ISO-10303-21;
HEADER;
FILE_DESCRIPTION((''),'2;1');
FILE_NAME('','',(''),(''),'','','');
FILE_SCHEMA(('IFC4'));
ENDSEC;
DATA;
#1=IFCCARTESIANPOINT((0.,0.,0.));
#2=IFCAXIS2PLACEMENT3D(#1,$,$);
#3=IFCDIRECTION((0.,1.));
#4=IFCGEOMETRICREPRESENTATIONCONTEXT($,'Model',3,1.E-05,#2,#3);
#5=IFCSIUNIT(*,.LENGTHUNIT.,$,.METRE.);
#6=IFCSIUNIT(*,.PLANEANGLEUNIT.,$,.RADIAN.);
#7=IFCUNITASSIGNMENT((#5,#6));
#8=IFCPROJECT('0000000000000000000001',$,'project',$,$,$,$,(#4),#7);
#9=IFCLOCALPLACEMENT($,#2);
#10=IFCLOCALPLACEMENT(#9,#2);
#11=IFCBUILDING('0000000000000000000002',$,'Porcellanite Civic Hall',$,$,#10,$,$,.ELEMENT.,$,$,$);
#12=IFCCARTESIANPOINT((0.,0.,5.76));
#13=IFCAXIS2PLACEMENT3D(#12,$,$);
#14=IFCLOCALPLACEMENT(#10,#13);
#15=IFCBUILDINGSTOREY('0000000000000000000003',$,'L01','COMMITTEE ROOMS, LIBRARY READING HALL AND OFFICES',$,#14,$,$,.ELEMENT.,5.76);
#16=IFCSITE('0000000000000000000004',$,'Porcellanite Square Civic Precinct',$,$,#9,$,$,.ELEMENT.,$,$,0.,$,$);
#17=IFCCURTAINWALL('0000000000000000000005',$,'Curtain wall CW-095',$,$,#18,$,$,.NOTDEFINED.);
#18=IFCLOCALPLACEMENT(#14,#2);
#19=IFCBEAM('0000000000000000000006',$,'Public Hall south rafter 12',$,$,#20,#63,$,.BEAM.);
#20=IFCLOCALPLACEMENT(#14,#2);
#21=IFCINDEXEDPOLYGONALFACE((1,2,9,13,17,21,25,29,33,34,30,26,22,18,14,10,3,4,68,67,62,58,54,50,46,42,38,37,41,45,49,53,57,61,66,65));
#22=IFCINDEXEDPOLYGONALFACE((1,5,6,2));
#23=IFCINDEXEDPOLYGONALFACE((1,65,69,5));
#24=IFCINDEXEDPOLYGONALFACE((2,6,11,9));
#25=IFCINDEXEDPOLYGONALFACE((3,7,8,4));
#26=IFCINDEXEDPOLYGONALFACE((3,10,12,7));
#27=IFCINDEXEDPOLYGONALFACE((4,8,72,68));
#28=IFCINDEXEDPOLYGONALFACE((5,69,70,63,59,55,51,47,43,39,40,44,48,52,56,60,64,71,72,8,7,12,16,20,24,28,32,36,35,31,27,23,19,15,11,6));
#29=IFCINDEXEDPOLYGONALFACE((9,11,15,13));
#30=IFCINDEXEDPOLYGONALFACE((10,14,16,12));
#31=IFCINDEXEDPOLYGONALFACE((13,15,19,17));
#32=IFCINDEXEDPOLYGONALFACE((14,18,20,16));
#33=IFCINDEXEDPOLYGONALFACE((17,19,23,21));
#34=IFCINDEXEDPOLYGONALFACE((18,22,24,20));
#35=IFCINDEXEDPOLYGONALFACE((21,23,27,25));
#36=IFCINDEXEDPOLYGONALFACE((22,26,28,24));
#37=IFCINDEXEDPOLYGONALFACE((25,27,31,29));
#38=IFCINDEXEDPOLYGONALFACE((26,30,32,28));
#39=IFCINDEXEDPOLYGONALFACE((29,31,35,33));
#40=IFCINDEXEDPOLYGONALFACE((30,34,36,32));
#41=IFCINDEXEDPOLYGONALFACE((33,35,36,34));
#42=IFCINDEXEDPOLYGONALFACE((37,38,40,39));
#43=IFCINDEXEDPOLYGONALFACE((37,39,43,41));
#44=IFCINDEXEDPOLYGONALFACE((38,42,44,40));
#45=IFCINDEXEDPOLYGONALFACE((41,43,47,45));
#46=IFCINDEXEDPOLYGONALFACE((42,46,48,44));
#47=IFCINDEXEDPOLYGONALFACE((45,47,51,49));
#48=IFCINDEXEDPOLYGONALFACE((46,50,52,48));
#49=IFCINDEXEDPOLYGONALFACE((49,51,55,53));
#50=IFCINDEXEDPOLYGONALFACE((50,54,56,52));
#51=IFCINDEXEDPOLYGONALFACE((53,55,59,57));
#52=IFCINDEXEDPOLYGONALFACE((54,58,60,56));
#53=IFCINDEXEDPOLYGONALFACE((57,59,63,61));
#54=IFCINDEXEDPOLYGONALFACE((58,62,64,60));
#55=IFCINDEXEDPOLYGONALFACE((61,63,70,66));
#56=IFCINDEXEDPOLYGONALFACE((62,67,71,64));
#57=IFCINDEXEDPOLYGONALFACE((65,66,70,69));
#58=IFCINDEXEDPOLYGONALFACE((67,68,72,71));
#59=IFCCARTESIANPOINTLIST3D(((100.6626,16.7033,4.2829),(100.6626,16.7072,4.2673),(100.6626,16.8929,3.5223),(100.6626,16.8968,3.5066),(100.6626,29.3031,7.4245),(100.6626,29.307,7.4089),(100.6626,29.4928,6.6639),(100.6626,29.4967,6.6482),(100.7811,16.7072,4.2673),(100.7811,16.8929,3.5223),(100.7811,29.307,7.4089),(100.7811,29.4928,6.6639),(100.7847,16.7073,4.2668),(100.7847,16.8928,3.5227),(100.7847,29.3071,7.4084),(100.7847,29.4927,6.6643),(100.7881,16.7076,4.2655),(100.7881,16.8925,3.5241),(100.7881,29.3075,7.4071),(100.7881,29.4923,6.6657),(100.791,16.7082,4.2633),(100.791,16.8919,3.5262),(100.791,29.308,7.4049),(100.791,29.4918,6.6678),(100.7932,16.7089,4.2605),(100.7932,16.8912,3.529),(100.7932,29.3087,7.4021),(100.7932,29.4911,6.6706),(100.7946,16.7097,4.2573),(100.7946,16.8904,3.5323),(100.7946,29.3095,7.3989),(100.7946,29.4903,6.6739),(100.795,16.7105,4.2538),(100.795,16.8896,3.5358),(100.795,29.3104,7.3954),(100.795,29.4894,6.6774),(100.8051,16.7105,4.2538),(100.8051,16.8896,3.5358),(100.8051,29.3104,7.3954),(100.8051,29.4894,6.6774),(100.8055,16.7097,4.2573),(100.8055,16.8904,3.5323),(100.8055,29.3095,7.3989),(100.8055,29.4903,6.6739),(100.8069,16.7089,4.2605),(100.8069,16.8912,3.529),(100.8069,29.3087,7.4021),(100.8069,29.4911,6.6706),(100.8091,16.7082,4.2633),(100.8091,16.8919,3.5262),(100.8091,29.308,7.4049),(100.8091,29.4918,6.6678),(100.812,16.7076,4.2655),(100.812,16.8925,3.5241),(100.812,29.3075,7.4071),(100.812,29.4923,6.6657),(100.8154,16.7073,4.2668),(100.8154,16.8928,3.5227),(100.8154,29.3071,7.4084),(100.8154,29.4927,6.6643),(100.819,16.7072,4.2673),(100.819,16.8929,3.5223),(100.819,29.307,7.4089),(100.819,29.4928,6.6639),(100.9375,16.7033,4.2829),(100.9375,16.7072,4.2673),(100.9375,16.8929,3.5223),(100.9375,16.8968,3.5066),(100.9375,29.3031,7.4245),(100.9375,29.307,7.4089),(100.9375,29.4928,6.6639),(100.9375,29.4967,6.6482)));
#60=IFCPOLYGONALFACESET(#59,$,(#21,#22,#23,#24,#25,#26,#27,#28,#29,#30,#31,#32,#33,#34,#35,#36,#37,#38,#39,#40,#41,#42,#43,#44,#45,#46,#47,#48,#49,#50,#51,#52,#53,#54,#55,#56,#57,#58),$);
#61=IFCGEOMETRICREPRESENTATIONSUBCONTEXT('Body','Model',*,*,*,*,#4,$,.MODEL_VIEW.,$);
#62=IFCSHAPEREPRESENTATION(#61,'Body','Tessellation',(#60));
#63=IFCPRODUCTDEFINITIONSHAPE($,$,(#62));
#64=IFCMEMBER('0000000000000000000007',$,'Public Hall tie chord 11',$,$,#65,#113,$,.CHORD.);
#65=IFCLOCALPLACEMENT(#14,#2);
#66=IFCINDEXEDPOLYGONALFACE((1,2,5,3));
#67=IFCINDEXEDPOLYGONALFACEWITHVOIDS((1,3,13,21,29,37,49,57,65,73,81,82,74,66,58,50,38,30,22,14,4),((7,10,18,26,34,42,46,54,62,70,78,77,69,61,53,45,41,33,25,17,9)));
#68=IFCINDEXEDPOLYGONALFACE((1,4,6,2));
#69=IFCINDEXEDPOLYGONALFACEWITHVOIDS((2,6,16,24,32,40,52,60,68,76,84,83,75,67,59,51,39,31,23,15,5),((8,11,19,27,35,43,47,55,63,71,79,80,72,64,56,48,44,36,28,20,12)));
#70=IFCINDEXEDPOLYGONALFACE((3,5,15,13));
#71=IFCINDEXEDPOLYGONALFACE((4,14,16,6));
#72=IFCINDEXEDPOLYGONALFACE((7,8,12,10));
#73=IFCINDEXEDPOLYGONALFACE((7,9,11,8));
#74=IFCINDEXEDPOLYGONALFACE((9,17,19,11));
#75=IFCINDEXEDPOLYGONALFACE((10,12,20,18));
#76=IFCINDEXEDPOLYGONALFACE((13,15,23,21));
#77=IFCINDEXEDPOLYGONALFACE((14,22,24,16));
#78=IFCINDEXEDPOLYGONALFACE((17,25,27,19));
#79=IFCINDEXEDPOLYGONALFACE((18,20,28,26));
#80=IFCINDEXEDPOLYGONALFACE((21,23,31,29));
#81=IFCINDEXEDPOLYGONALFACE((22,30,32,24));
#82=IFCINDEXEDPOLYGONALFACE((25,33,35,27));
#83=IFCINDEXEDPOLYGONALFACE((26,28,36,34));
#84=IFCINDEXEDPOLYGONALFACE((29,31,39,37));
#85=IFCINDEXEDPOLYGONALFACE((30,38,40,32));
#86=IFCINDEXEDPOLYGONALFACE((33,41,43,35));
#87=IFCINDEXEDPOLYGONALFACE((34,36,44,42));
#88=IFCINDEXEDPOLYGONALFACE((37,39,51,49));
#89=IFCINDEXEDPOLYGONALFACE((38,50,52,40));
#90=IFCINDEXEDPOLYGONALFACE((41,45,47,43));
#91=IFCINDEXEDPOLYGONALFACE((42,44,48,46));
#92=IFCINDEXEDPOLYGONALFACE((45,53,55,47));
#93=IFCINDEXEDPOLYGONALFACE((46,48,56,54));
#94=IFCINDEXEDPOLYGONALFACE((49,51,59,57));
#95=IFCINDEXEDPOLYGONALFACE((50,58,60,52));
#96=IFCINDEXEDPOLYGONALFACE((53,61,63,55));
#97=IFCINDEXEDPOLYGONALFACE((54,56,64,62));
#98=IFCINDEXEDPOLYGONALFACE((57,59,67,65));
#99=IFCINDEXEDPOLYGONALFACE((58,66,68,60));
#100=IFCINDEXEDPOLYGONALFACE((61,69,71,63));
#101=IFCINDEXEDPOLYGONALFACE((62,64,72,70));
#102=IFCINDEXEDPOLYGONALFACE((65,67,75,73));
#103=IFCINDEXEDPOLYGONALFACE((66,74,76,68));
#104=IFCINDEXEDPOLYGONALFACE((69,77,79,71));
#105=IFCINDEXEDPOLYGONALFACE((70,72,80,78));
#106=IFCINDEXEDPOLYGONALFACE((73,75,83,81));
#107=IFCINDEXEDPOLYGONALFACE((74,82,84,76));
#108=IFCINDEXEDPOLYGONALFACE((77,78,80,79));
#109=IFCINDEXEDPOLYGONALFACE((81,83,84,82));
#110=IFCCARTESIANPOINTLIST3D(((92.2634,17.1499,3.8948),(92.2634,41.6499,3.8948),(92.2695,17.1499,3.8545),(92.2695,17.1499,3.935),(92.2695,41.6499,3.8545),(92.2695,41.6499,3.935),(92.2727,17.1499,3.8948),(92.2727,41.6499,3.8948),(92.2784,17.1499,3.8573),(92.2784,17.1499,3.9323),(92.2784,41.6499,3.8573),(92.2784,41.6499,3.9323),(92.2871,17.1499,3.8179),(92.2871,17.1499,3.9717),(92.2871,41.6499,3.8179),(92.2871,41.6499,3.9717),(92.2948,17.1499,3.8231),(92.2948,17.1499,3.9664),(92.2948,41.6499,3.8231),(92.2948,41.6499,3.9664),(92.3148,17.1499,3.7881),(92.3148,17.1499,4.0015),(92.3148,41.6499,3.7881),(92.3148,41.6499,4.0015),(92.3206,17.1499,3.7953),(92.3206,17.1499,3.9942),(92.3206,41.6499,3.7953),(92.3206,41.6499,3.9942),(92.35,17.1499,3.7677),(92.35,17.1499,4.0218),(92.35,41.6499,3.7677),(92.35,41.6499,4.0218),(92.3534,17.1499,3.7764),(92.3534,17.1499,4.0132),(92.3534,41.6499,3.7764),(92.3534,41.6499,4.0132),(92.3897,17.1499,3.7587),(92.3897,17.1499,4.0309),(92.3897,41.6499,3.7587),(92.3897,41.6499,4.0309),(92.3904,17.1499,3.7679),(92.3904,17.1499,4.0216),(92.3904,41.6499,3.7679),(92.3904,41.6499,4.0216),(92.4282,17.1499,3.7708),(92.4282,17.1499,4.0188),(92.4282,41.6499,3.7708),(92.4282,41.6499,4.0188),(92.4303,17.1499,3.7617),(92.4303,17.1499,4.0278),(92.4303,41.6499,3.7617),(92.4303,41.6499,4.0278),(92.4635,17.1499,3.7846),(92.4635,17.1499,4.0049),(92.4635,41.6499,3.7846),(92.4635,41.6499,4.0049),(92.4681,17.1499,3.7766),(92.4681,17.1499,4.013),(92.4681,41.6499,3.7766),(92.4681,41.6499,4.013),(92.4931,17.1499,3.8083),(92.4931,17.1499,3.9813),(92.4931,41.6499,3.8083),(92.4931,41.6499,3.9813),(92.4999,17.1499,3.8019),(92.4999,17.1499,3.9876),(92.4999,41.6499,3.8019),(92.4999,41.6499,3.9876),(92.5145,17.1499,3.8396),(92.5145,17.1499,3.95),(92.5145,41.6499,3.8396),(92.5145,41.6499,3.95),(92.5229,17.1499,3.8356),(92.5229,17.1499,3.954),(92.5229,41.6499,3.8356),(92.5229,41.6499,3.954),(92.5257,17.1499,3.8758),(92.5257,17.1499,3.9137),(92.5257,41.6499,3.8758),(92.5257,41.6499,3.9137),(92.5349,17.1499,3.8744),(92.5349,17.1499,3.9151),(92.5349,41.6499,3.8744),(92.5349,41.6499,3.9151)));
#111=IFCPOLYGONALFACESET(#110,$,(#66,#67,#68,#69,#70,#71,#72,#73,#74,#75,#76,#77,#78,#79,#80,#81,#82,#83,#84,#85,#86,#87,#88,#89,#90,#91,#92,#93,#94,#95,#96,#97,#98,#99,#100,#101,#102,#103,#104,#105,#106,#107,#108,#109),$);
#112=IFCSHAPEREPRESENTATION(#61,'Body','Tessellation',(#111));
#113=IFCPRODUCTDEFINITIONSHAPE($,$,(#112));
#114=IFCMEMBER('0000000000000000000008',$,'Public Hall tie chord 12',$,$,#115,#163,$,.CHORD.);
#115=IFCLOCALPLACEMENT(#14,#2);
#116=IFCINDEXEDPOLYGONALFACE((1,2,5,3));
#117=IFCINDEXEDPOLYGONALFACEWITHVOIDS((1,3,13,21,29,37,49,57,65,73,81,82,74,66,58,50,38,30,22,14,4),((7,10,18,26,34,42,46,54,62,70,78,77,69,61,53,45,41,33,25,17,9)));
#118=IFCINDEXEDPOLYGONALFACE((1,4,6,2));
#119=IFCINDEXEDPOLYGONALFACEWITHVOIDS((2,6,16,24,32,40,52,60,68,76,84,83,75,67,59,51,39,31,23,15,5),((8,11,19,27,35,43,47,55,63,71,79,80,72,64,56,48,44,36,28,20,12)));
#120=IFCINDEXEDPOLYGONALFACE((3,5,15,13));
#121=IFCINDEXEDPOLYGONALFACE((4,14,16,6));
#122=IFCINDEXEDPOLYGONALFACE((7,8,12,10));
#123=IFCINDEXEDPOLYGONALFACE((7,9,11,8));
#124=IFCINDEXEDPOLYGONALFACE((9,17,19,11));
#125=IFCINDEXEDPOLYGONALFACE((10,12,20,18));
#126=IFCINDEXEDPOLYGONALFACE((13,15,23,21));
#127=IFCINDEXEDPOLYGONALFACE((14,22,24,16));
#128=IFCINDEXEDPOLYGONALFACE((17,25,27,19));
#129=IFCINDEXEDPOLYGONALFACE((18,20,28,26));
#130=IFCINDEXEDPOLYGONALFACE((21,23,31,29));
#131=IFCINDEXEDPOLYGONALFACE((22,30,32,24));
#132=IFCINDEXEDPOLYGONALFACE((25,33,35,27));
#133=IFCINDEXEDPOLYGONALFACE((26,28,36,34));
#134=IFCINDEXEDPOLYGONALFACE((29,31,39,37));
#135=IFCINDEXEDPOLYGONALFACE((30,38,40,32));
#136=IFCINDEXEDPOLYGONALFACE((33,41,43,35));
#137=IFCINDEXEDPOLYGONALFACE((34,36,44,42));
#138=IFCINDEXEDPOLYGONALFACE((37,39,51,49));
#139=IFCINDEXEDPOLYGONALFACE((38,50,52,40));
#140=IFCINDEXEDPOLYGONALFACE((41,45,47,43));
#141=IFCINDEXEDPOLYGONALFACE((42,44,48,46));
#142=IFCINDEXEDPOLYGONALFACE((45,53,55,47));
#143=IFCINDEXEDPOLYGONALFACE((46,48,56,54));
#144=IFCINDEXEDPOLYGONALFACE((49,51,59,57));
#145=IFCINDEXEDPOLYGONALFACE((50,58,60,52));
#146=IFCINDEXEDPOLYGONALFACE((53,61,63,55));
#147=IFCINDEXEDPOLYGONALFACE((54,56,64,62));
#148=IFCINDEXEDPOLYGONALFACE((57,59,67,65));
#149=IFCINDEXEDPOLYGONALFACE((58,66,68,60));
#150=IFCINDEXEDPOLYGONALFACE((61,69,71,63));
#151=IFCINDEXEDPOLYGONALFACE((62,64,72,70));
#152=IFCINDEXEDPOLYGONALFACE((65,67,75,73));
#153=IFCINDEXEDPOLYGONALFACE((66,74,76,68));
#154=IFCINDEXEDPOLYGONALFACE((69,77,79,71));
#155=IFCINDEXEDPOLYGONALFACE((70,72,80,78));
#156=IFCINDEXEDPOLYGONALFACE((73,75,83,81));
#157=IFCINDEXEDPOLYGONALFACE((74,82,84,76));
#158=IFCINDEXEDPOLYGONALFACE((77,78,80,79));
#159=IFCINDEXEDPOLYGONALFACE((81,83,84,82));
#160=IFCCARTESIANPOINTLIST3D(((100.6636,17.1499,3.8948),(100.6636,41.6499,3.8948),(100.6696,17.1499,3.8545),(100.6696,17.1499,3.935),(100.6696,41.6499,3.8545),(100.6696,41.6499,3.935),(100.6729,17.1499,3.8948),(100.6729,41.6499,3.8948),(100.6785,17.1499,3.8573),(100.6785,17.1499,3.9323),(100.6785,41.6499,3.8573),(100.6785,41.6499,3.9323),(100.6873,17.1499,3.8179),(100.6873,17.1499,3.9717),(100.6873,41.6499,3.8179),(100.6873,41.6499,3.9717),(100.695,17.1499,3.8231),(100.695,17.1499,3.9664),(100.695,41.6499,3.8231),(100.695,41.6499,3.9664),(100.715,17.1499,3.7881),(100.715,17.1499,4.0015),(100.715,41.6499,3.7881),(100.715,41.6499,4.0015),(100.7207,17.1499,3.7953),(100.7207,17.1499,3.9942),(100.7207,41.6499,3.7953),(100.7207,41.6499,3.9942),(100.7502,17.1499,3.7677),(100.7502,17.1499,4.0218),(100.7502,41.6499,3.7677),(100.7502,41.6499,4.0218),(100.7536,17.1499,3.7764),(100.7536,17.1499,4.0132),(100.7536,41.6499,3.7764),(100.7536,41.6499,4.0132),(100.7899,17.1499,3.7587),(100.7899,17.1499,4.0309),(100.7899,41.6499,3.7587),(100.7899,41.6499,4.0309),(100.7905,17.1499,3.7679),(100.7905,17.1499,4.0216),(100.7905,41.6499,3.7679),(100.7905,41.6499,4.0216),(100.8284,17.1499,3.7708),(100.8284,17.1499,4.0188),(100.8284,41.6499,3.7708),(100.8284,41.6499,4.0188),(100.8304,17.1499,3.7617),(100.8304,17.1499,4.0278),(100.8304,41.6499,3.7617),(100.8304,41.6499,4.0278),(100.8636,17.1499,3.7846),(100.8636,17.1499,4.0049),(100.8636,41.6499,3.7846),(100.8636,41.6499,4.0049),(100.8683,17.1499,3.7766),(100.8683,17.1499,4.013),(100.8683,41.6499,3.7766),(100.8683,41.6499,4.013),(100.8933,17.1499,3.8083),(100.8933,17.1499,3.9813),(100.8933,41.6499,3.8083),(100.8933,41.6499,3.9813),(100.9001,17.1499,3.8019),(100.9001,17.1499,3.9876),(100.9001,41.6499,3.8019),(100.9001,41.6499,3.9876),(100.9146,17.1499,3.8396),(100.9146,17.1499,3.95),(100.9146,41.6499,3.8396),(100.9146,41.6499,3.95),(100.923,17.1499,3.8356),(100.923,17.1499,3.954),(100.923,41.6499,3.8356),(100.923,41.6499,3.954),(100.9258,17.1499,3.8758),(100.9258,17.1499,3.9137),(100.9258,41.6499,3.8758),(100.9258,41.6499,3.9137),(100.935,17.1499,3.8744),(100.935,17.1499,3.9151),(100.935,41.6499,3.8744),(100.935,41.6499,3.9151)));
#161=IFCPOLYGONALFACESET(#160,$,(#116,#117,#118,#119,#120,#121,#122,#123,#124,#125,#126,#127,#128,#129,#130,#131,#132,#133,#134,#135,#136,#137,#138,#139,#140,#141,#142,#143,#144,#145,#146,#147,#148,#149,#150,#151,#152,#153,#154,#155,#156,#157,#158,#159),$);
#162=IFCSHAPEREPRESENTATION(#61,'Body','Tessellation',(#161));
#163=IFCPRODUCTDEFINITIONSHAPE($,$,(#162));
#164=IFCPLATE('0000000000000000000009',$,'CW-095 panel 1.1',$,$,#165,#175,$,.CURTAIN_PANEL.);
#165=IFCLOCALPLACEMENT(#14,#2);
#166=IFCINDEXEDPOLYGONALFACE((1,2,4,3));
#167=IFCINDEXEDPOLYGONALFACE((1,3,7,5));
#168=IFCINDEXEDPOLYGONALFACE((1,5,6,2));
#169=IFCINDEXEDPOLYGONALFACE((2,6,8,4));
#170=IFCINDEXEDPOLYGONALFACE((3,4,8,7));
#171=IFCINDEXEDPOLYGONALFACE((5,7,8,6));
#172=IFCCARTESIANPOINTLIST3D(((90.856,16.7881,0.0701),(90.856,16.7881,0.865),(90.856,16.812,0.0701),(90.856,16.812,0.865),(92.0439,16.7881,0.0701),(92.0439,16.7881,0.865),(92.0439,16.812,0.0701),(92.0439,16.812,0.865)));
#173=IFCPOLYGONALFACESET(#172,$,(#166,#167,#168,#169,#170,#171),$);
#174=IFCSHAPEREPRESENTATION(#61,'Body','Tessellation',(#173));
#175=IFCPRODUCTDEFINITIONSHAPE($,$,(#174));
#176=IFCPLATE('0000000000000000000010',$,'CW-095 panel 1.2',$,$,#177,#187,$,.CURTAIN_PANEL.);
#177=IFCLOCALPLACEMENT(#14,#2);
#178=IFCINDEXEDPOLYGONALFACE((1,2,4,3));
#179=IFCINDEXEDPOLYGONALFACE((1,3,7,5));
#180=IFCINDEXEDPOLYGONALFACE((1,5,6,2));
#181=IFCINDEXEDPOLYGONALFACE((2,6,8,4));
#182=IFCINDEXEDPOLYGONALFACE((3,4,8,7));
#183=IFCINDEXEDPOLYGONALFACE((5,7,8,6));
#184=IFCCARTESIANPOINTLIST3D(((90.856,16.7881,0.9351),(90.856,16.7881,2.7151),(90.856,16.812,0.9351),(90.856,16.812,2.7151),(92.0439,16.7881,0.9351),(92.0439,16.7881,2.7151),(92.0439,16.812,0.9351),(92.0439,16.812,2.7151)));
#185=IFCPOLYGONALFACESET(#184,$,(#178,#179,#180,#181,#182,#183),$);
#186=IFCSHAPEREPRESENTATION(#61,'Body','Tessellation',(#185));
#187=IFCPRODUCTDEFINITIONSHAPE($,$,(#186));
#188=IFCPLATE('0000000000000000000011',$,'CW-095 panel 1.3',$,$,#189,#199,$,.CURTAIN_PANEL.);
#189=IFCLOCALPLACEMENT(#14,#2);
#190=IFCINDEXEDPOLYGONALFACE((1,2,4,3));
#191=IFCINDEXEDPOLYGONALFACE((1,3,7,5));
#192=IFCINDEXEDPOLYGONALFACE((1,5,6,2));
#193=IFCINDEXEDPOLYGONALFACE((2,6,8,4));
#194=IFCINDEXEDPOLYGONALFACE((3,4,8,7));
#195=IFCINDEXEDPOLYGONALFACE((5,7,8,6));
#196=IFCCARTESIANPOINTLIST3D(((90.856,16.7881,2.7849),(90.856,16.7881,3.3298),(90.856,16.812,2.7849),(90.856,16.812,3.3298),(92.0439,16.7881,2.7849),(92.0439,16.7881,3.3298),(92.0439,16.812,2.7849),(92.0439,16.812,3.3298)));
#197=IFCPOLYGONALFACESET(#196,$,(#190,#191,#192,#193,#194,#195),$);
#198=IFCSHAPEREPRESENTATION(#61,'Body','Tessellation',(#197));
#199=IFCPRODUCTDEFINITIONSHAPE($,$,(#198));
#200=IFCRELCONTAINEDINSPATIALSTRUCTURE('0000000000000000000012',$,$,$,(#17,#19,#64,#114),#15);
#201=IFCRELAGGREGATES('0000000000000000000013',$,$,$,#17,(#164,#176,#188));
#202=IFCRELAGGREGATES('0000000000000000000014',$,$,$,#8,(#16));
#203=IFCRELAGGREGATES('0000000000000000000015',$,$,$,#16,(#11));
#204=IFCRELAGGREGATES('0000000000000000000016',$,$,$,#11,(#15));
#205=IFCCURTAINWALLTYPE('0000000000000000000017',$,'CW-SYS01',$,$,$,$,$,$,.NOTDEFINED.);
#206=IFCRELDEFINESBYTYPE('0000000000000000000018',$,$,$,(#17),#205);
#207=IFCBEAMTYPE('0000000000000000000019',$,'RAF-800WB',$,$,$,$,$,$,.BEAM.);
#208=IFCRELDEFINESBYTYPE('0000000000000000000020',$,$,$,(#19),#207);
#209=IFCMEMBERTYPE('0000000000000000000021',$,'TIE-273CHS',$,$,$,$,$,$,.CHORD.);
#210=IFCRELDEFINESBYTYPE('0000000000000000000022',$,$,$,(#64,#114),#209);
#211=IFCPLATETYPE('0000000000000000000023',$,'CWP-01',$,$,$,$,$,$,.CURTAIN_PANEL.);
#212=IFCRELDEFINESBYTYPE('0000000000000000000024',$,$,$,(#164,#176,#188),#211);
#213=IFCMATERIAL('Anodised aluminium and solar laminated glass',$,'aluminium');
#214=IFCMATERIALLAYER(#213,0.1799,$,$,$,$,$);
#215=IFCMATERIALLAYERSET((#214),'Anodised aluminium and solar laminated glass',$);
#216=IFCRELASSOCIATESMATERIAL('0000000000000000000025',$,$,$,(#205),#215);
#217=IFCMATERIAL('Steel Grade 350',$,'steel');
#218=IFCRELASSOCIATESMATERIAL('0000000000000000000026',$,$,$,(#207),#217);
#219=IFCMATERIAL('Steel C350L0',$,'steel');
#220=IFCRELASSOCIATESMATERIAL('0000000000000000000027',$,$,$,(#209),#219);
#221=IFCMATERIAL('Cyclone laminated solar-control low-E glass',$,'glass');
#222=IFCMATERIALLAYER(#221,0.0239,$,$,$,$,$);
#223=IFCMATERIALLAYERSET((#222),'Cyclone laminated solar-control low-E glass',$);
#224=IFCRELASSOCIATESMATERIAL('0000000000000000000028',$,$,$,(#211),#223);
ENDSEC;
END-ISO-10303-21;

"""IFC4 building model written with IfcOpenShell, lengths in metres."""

from ifc_helpers import new_model, si_unit, direction, frame, origin, origin_2d, place, context, subcontext, project, spatial, rectangle, hollow_circle, i_section, extrude, material, layer, layer_set, material_profile, profile_set, type_object, element, aggregate, save


model = new_model("IFC4")

# Units and contexts
model_context = context("Model", 3, precision=1e-05, world=origin(), true_north=direction((0.0, 1.0)))
body_context = subcontext(model_context, "Body", "Model", "MODEL_VIEW")
ifc_project = project(units=[si_unit("LENGTHUNIT", "METRE"), si_unit("PLANEANGLEUNIT", "RADIAN")], contexts=[model_context])

# Site, building, storey
site_placement = place(None, origin())
site = spatial("IfcSite", under=ifc_project, at=site_placement, Name="Porcellanite Square Civic Precinct", CompositionType="ELEMENT", RefElevation=0.0)
building_placement = place(site_placement, origin())
building = spatial("IfcBuilding", under=site, at=building_placement, Name="Porcellanite Civic Hall", CompositionType="ELEMENT")
storey_placement = place(building_placement, frame((0.0, 0.0, 5.76)))
storey = spatial("IfcBuildingStorey", under=building, at=storey_placement, Name="L01", Description="COMMITTEE ROOMS, LIBRARY READING HALL AND OFFICES", CompositionType="ELEMENT", Elevation=5.76)

# Curtain wall
ifc_material_1 = material(Name="Anodised aluminium and solar laminated glass", Category="aluminium")
ifc_layer_1 = layer(ifc_material_1, 0.1799)
ifc_layer_set_1 = layer_set([ifc_layer_1], Name="Anodised aluminium and solar laminated glass")
curtain_wall_type = type_object("IfcCurtainWallType", Name="CW-SYS01", PredefinedType="NOTDEFINED", material=ifc_layer_set_1)
curtain_wall_1_placement = place(storey_placement, origin())
curtain_wall_1 = element("IfcCurtainWall", 1, at=curtain_wall_1_placement, inside=storey, type_object=curtain_wall_type, Name="Curtain wall CW-095", PredefinedType="NOTDEFINED")

# Beam
ifc_material_2 = material(Name="Steel Grade 350", Category="steel")
ifc_material_profile_1 = material_profile(ifc_material_2, i_section(OverallWidth=0.2749, OverallDepth=0.8, WebThickness=0.01, FlangeThickness=0.0161, FilletRadius=0.0139, at=origin_2d()), Name="800WB146")
ifc_profile_set_1 = profile_set([ifc_material_profile_1], Name="Steel Grade 350")
beam_type_1 = type_object("IfcBeamType", Name="RAF-800WB", PredefinedType="BEAM", material=ifc_profile_set_1)
for number, where, z_axis, x_axis, name in (
    (2, (100.8, 16.8, 3.8948), (0.0, 0.970294, 0.24193), (-1.0, 0.0, 0.0), "Public Hall south rafter 12"),
):
    element("IfcBeam", number, at=place(storey_placement, frame(where, z_axis=z_axis, x_axis=x_axis)), inside=storey, type_object=beam_type_1, Name=name, PredefinedType="BEAM", context=body_context, shape_type="SweptSolid", body=[
        extrude(i_section(OverallWidth=0.2749, OverallDepth=0.8, WebThickness=0.01, FlangeThickness=0.0161, FilletRadius=0.0139, at=origin_2d()), origin(), (0.0, 0.0, 1.0), 12.9856),
    ])

# Members
ifc_material_3 = material(Name="Steel C350L0", Category="steel")
ifc_material_profile_2 = material_profile(ifc_material_3, hollow_circle(Radius=0.1365, WallThickness=0.0093, at=origin_2d()), Name="273.1x9.3CHS")
ifc_profile_set_2 = profile_set([ifc_material_profile_2], Name="Steel C350L0")
member_type_1 = type_object("IfcMemberType", Name="TIE-273CHS", PredefinedType="CHORD", material=ifc_profile_set_2)
for number, where, z_axis, x_axis, name in (
    (3, (92.3999, 17.1499, 3.8948), (0.0, 1.0, 0.0), (-1.0, 0.0, 0.0), "Public Hall tie chord 11"),
    (4, (100.8, 17.1499, 3.8948), (0.0, 1.0, 0.0), (-1.0, 0.0, 0.0), "Public Hall tie chord 12"),
):
    element("IfcMember", number, at=place(storey_placement, frame(where, z_axis=z_axis, x_axis=x_axis)), inside=storey, type_object=member_type_1, Name=name, PredefinedType="CHORD", context=body_context, shape_type="SweptSolid", body=[
        extrude(hollow_circle(Radius=0.1365, WallThickness=0.0093, at=origin_2d()), origin(), (0.0, 0.0, 1.0), 24.5),
    ])

# Plates
ifc_material_4 = material(Name="Cyclone laminated solar-control low-E glass", Category="glass")
ifc_layer_2 = layer(ifc_material_4, 0.0239)
ifc_layer_set_2 = layer_set([ifc_layer_2], Name="Cyclone laminated solar-control low-E glass")
plate_type = type_object("IfcPlateType", Name="CWP-01", PredefinedType="CURTAIN_PANEL", material=ifc_layer_set_2)
plate_1_placement = place(storey_placement, frame((91.45, 16.8, 0.0701), z_axis=(0.0, 0.0, 1.0), x_axis=(-1.0, 0.0, 0.0)))
plate_1 = element("IfcPlate", 5, at=plate_1_placement, type_object=plate_type, Name="CW-095 panel 1.1", PredefinedType="CURTAIN_PANEL", context=body_context, shape_type="SweptSolid", body=[
    extrude(rectangle(XDim=1.188, YDim=0.0239, at=origin_2d()), origin(), (0.0, 0.0, 1.0), 0.7949),
])
plate_2_placement = place(storey_placement, frame((91.45, 16.8, 0.9351), z_axis=(0.0, 0.0, 1.0), x_axis=(-1.0, 0.0, 0.0)))
plate_2 = element("IfcPlate", 6, at=plate_2_placement, type_object=plate_type, Name="CW-095 panel 1.2", PredefinedType="CURTAIN_PANEL", context=body_context, shape_type="SweptSolid", body=[
    extrude(rectangle(XDim=1.188, YDim=0.0239, at=origin_2d()), origin(), (0.0, 0.0, 1.0), 1.78),
])
plate_3_placement = place(storey_placement, frame((91.45, 16.8, 2.7849), z_axis=(0.0, 0.0, 1.0), x_axis=(-1.0, 0.0, 0.0)))
plate_3 = element("IfcPlate", 7, at=plate_3_placement, type_object=plate_type, Name="CW-095 panel 1.3", PredefinedType="CURTAIN_PANEL", context=body_context, shape_type="SweptSolid", body=[
    extrude(rectangle(XDim=1.188, YDim=0.0239, at=origin_2d()), origin(), (0.0, 0.0, 1.0), 0.5449),
])
aggregate(curtain_wall_1, [plate_1, plate_2, plate_3])

save(model, "model.ifc")
